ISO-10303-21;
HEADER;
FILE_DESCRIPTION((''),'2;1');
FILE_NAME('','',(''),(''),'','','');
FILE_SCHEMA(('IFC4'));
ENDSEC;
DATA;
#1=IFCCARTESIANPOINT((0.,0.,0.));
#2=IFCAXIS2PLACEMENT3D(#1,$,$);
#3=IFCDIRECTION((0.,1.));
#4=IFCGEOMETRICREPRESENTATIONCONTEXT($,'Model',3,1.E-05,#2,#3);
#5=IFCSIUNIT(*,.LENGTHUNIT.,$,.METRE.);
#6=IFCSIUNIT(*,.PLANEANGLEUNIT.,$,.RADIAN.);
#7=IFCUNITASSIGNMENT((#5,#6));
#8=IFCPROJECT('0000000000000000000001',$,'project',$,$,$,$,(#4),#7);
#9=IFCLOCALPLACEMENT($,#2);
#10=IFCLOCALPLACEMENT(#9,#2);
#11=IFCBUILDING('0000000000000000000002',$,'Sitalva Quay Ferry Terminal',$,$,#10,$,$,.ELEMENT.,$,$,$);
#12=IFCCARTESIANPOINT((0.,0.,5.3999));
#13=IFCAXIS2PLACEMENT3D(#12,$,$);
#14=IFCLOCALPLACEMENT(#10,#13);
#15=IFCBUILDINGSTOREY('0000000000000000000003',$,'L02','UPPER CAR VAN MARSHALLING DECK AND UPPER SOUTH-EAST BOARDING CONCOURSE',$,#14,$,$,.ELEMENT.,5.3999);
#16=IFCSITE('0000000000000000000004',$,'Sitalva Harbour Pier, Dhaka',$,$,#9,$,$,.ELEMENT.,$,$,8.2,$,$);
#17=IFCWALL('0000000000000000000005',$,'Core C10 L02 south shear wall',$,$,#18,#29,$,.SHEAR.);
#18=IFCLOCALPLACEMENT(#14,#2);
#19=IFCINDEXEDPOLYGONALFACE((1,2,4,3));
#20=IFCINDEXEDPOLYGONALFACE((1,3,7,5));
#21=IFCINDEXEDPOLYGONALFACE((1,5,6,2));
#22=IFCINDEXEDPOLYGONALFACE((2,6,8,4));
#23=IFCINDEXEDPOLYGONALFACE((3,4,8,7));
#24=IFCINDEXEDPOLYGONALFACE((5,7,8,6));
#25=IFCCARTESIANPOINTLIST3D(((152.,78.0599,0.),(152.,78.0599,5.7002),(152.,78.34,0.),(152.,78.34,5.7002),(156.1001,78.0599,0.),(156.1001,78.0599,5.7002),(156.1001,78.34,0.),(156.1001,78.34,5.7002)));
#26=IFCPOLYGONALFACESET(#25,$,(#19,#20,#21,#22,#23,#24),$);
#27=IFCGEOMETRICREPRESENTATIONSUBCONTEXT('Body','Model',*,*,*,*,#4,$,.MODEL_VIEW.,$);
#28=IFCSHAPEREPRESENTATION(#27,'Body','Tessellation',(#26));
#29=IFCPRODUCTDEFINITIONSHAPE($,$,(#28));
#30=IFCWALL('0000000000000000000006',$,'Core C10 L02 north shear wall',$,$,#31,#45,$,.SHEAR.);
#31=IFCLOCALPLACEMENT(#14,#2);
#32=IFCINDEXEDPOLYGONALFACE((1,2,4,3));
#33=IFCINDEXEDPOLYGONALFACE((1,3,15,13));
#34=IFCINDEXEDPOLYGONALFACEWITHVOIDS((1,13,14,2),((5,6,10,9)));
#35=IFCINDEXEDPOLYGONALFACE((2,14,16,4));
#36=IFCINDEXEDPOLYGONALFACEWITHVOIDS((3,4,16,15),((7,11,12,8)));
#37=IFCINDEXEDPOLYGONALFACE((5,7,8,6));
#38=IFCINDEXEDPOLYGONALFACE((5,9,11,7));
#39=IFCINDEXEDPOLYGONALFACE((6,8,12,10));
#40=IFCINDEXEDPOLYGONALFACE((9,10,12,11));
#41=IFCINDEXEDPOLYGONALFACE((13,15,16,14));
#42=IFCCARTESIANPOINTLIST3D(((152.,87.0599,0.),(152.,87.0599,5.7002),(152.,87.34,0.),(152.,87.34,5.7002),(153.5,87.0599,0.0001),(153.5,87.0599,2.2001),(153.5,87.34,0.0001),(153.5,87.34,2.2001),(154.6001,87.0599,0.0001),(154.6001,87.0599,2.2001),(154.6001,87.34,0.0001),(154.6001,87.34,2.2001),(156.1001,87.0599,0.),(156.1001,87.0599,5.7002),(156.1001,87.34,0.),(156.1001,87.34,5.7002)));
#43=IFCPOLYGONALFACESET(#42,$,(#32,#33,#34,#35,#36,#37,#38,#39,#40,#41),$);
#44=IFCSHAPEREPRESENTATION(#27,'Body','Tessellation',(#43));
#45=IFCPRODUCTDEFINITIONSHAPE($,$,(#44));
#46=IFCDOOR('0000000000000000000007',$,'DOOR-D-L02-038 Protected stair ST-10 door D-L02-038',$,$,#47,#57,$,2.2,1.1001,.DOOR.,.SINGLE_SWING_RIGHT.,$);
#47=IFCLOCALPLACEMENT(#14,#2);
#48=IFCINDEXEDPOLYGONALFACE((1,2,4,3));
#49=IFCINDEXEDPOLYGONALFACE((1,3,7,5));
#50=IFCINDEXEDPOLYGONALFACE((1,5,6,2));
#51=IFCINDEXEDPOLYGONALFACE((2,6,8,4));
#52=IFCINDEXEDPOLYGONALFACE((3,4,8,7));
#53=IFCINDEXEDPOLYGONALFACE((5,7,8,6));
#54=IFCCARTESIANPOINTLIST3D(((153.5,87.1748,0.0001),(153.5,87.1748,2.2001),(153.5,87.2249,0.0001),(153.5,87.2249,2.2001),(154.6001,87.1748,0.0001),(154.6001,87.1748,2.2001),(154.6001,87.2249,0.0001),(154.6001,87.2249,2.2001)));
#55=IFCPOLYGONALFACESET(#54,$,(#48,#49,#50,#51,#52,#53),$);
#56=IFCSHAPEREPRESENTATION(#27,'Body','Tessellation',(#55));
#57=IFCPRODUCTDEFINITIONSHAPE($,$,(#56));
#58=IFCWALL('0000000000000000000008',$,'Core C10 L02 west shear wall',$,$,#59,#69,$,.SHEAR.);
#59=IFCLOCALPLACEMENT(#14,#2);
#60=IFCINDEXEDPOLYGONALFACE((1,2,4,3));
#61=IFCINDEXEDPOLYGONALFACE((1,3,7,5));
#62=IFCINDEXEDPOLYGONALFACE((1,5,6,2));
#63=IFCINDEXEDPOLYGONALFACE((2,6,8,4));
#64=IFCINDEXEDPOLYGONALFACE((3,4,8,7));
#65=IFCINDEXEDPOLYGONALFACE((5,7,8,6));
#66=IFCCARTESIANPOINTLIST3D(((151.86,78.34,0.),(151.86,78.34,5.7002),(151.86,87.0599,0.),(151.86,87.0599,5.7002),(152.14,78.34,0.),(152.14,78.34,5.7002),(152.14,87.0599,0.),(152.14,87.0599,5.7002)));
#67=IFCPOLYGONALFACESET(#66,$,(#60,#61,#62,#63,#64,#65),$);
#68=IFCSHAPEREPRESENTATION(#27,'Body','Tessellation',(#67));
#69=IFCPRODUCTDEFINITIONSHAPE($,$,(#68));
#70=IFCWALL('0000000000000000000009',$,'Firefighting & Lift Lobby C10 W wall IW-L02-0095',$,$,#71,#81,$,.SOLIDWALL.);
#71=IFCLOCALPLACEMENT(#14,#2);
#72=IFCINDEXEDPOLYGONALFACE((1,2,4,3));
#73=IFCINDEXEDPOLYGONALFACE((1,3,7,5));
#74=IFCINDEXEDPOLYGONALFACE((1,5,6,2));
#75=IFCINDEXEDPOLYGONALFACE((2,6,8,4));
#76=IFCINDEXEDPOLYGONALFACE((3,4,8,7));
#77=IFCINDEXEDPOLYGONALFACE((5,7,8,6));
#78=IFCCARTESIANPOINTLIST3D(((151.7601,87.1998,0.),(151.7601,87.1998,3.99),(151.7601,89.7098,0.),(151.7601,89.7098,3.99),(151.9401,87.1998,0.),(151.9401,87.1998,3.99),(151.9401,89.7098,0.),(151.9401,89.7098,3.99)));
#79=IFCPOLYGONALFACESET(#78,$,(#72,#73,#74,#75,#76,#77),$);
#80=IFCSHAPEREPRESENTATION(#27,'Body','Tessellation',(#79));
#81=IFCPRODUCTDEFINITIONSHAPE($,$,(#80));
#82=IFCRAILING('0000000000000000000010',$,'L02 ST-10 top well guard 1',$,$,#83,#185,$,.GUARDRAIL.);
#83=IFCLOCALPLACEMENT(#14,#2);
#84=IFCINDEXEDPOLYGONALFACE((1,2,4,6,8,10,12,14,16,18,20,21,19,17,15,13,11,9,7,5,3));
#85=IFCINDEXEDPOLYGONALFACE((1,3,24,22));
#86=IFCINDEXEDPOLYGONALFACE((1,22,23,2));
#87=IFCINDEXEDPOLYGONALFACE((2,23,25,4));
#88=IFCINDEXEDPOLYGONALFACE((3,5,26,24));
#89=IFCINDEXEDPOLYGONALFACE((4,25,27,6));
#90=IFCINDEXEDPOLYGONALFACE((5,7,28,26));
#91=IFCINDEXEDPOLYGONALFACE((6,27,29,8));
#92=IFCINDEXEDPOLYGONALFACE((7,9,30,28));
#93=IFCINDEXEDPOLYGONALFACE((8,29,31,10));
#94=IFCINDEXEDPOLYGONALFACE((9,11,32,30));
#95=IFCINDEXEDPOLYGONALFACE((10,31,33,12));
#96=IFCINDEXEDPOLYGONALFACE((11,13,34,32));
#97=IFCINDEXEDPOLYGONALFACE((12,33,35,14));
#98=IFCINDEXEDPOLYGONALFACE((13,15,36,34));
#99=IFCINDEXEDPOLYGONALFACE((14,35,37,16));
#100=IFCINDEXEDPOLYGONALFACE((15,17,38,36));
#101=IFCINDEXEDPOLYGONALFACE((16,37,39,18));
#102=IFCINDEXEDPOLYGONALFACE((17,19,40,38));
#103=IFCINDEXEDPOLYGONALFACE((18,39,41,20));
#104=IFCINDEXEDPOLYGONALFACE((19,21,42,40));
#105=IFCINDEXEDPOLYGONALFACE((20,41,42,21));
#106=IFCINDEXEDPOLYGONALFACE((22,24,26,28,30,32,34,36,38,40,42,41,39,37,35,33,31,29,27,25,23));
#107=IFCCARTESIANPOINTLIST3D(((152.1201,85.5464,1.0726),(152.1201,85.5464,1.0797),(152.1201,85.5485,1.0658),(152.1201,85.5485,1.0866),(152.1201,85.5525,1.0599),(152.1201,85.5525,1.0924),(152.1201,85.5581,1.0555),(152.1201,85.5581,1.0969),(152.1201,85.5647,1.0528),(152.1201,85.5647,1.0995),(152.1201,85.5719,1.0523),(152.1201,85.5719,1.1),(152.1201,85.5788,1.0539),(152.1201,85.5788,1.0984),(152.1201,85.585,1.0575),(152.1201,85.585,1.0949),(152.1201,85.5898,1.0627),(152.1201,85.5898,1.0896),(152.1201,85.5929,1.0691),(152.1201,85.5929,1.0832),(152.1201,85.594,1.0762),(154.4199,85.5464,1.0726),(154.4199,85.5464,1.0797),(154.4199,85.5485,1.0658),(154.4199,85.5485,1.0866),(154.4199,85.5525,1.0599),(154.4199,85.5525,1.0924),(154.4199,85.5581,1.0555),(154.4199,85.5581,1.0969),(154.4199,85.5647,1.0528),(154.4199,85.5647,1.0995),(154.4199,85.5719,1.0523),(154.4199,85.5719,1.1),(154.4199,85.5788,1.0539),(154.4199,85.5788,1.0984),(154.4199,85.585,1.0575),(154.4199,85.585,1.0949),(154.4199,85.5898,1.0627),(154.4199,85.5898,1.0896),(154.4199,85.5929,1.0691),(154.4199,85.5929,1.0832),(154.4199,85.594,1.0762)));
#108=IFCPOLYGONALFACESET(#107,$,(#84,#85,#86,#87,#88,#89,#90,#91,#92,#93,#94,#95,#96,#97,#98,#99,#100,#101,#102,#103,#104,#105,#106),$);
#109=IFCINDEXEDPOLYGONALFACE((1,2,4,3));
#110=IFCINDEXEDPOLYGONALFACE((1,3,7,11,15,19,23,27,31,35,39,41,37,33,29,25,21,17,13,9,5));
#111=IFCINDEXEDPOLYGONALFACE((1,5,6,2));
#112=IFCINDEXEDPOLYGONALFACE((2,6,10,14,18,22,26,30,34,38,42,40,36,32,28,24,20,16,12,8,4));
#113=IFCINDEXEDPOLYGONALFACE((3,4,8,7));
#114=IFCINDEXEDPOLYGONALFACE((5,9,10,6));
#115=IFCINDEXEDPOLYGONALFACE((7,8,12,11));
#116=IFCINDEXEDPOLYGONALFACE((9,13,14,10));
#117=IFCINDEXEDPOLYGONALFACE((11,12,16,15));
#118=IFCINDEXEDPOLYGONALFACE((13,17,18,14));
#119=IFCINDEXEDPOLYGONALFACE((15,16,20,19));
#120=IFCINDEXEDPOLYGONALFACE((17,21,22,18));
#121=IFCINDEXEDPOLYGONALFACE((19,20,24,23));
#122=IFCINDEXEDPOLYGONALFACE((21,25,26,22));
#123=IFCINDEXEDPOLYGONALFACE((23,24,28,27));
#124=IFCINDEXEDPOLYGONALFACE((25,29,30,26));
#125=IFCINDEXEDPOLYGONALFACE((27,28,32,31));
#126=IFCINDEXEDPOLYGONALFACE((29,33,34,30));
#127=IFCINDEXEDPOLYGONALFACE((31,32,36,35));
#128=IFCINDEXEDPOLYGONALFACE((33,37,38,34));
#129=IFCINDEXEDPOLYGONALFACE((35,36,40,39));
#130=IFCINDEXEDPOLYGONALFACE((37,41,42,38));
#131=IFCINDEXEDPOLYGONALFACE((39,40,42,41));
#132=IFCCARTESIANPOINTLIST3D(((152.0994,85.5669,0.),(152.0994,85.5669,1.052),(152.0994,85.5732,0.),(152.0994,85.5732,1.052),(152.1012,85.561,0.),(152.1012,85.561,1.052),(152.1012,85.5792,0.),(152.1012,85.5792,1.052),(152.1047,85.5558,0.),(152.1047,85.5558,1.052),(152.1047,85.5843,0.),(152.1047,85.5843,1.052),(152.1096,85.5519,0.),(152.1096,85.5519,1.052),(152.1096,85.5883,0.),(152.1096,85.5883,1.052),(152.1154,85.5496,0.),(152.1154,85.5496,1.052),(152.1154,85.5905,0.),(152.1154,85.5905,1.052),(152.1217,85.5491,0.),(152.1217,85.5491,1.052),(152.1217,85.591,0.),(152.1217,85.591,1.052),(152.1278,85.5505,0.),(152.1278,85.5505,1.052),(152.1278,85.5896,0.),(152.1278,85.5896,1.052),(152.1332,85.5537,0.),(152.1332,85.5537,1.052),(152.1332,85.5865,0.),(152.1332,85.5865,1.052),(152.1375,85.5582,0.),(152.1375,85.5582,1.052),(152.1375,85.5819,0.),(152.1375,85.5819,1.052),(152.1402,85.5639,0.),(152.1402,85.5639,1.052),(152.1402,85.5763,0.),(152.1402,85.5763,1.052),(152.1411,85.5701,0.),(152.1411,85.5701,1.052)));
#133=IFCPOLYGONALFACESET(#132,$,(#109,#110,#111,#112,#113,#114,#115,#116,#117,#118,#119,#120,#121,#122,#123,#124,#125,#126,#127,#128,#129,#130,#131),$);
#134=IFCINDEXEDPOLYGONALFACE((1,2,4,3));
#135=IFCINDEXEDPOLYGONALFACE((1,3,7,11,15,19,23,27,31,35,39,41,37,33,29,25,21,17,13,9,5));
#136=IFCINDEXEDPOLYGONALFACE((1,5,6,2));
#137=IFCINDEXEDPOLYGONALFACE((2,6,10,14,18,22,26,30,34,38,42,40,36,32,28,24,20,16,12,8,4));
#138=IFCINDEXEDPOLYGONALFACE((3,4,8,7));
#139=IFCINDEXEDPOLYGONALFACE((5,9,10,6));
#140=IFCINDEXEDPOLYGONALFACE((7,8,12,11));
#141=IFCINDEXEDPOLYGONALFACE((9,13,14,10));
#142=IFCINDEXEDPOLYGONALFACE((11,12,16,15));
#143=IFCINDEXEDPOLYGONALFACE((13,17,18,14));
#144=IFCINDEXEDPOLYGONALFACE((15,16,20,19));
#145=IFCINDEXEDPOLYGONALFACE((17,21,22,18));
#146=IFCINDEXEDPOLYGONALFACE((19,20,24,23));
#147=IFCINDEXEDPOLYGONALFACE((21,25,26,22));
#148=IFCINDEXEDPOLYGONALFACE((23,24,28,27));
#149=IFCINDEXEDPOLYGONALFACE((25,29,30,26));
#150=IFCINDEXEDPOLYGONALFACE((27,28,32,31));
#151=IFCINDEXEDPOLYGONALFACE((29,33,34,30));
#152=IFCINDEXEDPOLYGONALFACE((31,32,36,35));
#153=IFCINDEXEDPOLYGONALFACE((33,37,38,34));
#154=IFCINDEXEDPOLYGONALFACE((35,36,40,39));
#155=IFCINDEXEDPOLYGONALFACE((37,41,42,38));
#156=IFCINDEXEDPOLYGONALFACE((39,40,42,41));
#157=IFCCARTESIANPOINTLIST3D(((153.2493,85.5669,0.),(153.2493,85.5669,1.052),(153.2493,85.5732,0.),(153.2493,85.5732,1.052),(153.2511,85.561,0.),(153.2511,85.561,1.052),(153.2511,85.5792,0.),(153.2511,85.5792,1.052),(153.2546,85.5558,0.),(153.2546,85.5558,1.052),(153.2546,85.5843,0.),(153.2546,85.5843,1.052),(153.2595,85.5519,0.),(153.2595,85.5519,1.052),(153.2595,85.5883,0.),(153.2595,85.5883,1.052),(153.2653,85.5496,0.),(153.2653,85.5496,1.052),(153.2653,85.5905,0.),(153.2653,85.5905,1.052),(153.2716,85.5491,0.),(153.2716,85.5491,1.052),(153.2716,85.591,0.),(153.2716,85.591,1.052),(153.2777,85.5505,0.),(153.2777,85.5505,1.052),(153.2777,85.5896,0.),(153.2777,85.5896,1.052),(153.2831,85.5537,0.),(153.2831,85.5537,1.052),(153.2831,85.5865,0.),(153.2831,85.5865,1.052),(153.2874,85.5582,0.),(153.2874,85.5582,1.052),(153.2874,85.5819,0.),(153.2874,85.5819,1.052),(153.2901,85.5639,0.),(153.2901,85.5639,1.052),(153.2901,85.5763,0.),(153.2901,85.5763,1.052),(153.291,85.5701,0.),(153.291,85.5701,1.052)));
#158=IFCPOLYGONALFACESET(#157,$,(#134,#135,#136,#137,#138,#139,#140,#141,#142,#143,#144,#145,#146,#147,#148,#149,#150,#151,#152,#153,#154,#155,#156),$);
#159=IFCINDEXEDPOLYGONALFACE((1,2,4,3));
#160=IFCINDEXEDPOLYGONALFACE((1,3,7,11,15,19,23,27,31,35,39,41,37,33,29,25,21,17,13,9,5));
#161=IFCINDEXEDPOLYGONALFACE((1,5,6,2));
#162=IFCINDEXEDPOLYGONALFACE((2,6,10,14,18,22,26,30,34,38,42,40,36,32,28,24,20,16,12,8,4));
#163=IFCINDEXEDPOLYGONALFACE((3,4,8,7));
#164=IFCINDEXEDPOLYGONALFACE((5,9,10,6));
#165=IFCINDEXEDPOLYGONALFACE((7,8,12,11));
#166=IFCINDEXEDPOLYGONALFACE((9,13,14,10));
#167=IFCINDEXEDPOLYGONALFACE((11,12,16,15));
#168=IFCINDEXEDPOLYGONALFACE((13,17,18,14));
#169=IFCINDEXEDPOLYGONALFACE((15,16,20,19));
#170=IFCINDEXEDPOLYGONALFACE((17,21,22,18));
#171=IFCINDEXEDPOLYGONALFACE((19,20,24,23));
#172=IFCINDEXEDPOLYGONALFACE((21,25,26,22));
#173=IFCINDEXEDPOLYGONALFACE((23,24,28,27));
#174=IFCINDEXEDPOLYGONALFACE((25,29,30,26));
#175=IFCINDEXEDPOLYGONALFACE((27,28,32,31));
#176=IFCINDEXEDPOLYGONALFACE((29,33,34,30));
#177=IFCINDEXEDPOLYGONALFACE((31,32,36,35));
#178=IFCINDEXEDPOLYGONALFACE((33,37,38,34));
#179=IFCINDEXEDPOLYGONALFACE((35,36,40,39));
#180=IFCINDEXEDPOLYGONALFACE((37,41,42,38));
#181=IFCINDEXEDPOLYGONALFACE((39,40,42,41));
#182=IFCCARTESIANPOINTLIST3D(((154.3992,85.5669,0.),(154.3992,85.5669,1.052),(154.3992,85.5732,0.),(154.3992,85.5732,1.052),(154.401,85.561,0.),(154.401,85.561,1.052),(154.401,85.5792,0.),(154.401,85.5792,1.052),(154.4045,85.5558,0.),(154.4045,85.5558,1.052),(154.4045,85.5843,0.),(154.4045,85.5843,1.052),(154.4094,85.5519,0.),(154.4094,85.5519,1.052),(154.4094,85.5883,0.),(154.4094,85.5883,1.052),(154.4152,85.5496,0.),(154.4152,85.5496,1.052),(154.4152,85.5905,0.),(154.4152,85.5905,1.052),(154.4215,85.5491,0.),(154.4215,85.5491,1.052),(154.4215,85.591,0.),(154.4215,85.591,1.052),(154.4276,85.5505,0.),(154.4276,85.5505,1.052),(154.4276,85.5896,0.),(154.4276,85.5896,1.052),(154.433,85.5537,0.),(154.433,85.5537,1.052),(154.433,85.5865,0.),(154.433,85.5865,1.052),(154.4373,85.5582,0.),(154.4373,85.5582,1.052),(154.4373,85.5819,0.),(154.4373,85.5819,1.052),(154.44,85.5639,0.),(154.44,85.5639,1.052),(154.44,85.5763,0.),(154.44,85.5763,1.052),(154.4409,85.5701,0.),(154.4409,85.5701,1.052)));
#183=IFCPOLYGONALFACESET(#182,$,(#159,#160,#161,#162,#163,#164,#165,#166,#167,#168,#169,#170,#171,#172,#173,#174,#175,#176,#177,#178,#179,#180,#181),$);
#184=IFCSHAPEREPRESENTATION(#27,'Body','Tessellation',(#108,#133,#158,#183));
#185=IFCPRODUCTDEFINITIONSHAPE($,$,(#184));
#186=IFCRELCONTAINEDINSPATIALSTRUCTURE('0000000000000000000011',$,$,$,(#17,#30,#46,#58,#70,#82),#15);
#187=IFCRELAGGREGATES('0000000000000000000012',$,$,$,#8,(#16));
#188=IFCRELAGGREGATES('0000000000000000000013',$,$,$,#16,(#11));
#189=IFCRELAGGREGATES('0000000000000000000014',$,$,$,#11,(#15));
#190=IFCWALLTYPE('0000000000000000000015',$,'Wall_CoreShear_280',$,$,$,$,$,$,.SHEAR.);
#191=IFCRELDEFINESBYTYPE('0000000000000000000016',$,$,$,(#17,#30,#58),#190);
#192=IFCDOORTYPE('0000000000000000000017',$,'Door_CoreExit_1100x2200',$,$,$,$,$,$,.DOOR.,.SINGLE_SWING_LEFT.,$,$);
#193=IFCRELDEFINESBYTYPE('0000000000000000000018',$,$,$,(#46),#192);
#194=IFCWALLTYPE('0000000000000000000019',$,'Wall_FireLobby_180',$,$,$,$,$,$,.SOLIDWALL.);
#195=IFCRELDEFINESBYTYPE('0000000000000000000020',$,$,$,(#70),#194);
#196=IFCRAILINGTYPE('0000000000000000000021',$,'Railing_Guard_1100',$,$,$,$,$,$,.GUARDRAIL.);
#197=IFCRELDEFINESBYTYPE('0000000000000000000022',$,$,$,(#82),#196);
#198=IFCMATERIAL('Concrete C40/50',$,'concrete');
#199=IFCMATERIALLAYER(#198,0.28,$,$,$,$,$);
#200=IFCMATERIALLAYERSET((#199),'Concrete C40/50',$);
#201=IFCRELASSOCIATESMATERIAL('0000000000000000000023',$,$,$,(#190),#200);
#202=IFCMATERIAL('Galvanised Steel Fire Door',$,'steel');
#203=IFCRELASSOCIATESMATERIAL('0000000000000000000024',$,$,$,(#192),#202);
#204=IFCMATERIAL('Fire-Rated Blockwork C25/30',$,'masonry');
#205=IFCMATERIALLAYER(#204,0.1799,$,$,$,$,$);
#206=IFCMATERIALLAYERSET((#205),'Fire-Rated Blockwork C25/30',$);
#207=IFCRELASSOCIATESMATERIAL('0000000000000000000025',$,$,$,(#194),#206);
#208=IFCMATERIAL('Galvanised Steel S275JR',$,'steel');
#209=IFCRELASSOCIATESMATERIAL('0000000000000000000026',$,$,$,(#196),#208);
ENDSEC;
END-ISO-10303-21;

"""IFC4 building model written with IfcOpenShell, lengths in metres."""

from ifc_helpers import new_model, si_unit, direction, frame, frame_2d, origin, origin_2d, place, context, subcontext, project, spatial, rectangle, circle, extrude, material, layer, layer_set, type_object, element, fill, save


model = new_model("IFC4")

# Units and contexts
model_context = context("Model", 3, precision=1e-05, world=origin(), true_north=direction((0.0, 1.0)))
body_context = subcontext(model_context, "Body", "Model", "MODEL_VIEW")
ifc_project = project(units=[si_unit("LENGTHUNIT", "METRE"), si_unit("PLANEANGLEUNIT", "RADIAN")], contexts=[model_context])

# Site, building, storey
site_placement = place(None, origin())
site = spatial("IfcSite", under=ifc_project, at=site_placement, Name="Sitalva Harbour Pier, Dhaka", CompositionType="ELEMENT", RefElevation=8.2)
building_placement = place(site_placement, origin())
building = spatial("IfcBuilding", under=site, at=building_placement, Name="Sitalva Quay Ferry Terminal", CompositionType="ELEMENT")
storey_placement = place(building_placement, frame((0.0, 0.0, 5.3999)))
storey = spatial("IfcBuildingStorey", under=building, at=storey_placement, Name="L02", Description="UPPER CAR VAN MARSHALLING DECK AND UPPER SOUTH-EAST BOARDING CONCOURSE", CompositionType="ELEMENT", Elevation=5.3999)

# Wall
ifc_material_1 = material(Name="Concrete C40/50", Category="concrete")
ifc_layer_1 = layer(ifc_material_1, 0.28)
ifc_layer_set_1 = layer_set([ifc_layer_1], Name="Concrete C40/50")
wall_type_1 = type_object("IfcWallType", Name="Wall_CoreShear_280", PredefinedType="SHEAR", material=ifc_layer_set_1)
wall_1_placement = place(storey_placement, frame((152.0, 78.2, 0.0), z_axis=(0.0, 0.0, 1.0), x_axis=(1.0, 0.0, 0.0)))
element("IfcWall", 1, at=wall_1_placement, inside=storey, type_object=wall_type_1, Name="Core C10 L02 south shear wall", PredefinedType="SHEAR", context=body_context, shape_type="SweptSolid", body=[
    extrude(rectangle(XDim=4.1001, YDim=0.28, at=frame_2d((2.05, 0.0))), origin(), (0.0, 0.0, 1.0), 5.7002),
])

# Wall, opening, door
wall_2_placement = place(storey_placement, frame((152.0, 87.2, 0.0), z_axis=(0.0, 0.0, 1.0), x_axis=(1.0, 0.0, 0.0)))
wall_2 = element("IfcWall", 2, at=wall_2_placement, inside=storey, type_object=wall_type_1, Name="Core C10 L02 north shear wall", PredefinedType="SHEAR", context=body_context, shape_type="SweptSolid", body=[
    extrude(rectangle(XDim=4.1001, YDim=0.28, at=frame_2d((2.05, 0.0))), origin(), (0.0, 0.0, 1.0), 5.7002),
])
opening_placement = place(wall_2_placement, frame((1.5, 0.0, 0.0)))
opening = element("IfcOpeningElement", 3, at=opening_placement, cuts=wall_2, PredefinedType="OPENING", context=body_context, shape_type="SweptSolid", body=[
    extrude(rectangle(XDim=1.1001, YDim=2.2, at=frame_2d((0.55, 1.1001))), frame((0.0, 0.1499, 0.0), z_axis=(0.0, -1.0, 0.0), x_axis=(1.0, 0.0, 0.0)), (0.0, 0.0, 1.0), 0.3),
])
ifc_material_2 = material(Name="Galvanised Steel Fire Door", Category="steel")
door_type = type_object("IfcDoorType", Name="Door_CoreExit_1100x2200", OperationType="SINGLE_SWING_LEFT", PredefinedType="DOOR", material=ifc_material_2)
door_placement = place(opening_placement, origin())
door = element("IfcDoor", 4, at=door_placement, inside=storey, type_object=door_type, Name="DOOR-D-L02-038 Protected stair ST-10 door D-L02-038", OperationType="SINGLE_SWING_RIGHT", OverallHeight=2.2, OverallWidth=1.1001, PredefinedType="DOOR", context=body_context, shape_type="SweptSolid", body=[
    extrude(rectangle(XDim=1.1001, YDim=2.2, at=frame_2d((0.55, 1.1001))), frame((0.0, 0.0249, 0.0), z_axis=(0.0, -1.0, 0.0), x_axis=(1.0, 0.0, 0.0)), (0.0, 0.0, 1.0), 0.05),
])
fill(opening, door)

# Walls
wall_3_placement = place(storey_placement, frame((152.0, 78.3401, 0.0), z_axis=(0.0, 0.0, 1.0), x_axis=(0.0, 1.0, 0.0)))
element("IfcWall", 5, at=wall_3_placement, inside=storey, type_object=wall_type_1, Name="Core C10 L02 west shear wall", PredefinedType="SHEAR", context=body_context, shape_type="SweptSolid", body=[
    extrude(rectangle(XDim=8.72, YDim=0.28, at=frame_2d((4.3599, 0.0))), origin(), (0.0, 0.0, 1.0), 5.7002),
])
ifc_material_3 = material(Name="Fire-Rated Blockwork C25/30", Category="masonry")
ifc_layer_2 = layer(ifc_material_3, 0.1799)
ifc_layer_set_2 = layer_set([ifc_layer_2], Name="Fire-Rated Blockwork C25/30")
wall_type_2 = type_object("IfcWallType", Name="Wall_FireLobby_180", PredefinedType="SOLIDWALL", material=ifc_layer_set_2)
wall_4_placement = place(storey_placement, frame((151.8501, 87.2, 0.0), z_axis=(0.0, 0.0, 1.0), x_axis=(0.0, 1.0, 0.0)))
element("IfcWall", 6, at=wall_4_placement, inside=storey, type_object=wall_type_2, Name="Firefighting & Lift Lobby C10 W wall IW-L02-0095", PredefinedType="SOLIDWALL", context=body_context, shape_type="SweptSolid", body=[
    extrude(rectangle(XDim=2.51, YDim=0.1799, at=frame_2d((1.2549, 0.0))), origin(), (0.0, 0.0, 1.0), 3.99),
])

# Railing
ifc_material_4 = material(Name="Galvanised Steel S275JR", Category="steel")
railing_type = type_object("IfcRailingType", Name="Railing_Guard_1100", PredefinedType="GUARDRAIL", material=ifc_material_4)
railing_placement = place(storey_placement, frame((152.1201, 85.5701, 0.0)))
element("IfcRailing", 7, at=railing_placement, inside=storey, type_object=railing_type, Name="L02 ST-10 top well guard 1", PredefinedType="GUARDRAIL", context=body_context, shape_type="SweptSolid", body=[
    extrude(circle(Radius=0.0239, at=origin_2d()), frame((0.0, 0.0, 1.0762), z_axis=(1.0, 0.0, 0.0), x_axis=(0.0, 1.0, 0.0)), (0.0, 0.0, 1.0), 2.2998),
    extrude(circle(Radius=0.021, at=origin_2d()), origin(), (0.0, 0.0, 1.0), 1.052),
    extrude(circle(Radius=0.021, at=origin_2d()), frame((1.1499, 0.0, 0.0)), (0.0, 0.0, 1.0), 1.052),
    extrude(circle(Radius=0.021, at=origin_2d()), frame((2.2998, 0.0, 0.0)), (0.0, 0.0, 1.0), 1.052),
])

save(model, "model.ifc")
